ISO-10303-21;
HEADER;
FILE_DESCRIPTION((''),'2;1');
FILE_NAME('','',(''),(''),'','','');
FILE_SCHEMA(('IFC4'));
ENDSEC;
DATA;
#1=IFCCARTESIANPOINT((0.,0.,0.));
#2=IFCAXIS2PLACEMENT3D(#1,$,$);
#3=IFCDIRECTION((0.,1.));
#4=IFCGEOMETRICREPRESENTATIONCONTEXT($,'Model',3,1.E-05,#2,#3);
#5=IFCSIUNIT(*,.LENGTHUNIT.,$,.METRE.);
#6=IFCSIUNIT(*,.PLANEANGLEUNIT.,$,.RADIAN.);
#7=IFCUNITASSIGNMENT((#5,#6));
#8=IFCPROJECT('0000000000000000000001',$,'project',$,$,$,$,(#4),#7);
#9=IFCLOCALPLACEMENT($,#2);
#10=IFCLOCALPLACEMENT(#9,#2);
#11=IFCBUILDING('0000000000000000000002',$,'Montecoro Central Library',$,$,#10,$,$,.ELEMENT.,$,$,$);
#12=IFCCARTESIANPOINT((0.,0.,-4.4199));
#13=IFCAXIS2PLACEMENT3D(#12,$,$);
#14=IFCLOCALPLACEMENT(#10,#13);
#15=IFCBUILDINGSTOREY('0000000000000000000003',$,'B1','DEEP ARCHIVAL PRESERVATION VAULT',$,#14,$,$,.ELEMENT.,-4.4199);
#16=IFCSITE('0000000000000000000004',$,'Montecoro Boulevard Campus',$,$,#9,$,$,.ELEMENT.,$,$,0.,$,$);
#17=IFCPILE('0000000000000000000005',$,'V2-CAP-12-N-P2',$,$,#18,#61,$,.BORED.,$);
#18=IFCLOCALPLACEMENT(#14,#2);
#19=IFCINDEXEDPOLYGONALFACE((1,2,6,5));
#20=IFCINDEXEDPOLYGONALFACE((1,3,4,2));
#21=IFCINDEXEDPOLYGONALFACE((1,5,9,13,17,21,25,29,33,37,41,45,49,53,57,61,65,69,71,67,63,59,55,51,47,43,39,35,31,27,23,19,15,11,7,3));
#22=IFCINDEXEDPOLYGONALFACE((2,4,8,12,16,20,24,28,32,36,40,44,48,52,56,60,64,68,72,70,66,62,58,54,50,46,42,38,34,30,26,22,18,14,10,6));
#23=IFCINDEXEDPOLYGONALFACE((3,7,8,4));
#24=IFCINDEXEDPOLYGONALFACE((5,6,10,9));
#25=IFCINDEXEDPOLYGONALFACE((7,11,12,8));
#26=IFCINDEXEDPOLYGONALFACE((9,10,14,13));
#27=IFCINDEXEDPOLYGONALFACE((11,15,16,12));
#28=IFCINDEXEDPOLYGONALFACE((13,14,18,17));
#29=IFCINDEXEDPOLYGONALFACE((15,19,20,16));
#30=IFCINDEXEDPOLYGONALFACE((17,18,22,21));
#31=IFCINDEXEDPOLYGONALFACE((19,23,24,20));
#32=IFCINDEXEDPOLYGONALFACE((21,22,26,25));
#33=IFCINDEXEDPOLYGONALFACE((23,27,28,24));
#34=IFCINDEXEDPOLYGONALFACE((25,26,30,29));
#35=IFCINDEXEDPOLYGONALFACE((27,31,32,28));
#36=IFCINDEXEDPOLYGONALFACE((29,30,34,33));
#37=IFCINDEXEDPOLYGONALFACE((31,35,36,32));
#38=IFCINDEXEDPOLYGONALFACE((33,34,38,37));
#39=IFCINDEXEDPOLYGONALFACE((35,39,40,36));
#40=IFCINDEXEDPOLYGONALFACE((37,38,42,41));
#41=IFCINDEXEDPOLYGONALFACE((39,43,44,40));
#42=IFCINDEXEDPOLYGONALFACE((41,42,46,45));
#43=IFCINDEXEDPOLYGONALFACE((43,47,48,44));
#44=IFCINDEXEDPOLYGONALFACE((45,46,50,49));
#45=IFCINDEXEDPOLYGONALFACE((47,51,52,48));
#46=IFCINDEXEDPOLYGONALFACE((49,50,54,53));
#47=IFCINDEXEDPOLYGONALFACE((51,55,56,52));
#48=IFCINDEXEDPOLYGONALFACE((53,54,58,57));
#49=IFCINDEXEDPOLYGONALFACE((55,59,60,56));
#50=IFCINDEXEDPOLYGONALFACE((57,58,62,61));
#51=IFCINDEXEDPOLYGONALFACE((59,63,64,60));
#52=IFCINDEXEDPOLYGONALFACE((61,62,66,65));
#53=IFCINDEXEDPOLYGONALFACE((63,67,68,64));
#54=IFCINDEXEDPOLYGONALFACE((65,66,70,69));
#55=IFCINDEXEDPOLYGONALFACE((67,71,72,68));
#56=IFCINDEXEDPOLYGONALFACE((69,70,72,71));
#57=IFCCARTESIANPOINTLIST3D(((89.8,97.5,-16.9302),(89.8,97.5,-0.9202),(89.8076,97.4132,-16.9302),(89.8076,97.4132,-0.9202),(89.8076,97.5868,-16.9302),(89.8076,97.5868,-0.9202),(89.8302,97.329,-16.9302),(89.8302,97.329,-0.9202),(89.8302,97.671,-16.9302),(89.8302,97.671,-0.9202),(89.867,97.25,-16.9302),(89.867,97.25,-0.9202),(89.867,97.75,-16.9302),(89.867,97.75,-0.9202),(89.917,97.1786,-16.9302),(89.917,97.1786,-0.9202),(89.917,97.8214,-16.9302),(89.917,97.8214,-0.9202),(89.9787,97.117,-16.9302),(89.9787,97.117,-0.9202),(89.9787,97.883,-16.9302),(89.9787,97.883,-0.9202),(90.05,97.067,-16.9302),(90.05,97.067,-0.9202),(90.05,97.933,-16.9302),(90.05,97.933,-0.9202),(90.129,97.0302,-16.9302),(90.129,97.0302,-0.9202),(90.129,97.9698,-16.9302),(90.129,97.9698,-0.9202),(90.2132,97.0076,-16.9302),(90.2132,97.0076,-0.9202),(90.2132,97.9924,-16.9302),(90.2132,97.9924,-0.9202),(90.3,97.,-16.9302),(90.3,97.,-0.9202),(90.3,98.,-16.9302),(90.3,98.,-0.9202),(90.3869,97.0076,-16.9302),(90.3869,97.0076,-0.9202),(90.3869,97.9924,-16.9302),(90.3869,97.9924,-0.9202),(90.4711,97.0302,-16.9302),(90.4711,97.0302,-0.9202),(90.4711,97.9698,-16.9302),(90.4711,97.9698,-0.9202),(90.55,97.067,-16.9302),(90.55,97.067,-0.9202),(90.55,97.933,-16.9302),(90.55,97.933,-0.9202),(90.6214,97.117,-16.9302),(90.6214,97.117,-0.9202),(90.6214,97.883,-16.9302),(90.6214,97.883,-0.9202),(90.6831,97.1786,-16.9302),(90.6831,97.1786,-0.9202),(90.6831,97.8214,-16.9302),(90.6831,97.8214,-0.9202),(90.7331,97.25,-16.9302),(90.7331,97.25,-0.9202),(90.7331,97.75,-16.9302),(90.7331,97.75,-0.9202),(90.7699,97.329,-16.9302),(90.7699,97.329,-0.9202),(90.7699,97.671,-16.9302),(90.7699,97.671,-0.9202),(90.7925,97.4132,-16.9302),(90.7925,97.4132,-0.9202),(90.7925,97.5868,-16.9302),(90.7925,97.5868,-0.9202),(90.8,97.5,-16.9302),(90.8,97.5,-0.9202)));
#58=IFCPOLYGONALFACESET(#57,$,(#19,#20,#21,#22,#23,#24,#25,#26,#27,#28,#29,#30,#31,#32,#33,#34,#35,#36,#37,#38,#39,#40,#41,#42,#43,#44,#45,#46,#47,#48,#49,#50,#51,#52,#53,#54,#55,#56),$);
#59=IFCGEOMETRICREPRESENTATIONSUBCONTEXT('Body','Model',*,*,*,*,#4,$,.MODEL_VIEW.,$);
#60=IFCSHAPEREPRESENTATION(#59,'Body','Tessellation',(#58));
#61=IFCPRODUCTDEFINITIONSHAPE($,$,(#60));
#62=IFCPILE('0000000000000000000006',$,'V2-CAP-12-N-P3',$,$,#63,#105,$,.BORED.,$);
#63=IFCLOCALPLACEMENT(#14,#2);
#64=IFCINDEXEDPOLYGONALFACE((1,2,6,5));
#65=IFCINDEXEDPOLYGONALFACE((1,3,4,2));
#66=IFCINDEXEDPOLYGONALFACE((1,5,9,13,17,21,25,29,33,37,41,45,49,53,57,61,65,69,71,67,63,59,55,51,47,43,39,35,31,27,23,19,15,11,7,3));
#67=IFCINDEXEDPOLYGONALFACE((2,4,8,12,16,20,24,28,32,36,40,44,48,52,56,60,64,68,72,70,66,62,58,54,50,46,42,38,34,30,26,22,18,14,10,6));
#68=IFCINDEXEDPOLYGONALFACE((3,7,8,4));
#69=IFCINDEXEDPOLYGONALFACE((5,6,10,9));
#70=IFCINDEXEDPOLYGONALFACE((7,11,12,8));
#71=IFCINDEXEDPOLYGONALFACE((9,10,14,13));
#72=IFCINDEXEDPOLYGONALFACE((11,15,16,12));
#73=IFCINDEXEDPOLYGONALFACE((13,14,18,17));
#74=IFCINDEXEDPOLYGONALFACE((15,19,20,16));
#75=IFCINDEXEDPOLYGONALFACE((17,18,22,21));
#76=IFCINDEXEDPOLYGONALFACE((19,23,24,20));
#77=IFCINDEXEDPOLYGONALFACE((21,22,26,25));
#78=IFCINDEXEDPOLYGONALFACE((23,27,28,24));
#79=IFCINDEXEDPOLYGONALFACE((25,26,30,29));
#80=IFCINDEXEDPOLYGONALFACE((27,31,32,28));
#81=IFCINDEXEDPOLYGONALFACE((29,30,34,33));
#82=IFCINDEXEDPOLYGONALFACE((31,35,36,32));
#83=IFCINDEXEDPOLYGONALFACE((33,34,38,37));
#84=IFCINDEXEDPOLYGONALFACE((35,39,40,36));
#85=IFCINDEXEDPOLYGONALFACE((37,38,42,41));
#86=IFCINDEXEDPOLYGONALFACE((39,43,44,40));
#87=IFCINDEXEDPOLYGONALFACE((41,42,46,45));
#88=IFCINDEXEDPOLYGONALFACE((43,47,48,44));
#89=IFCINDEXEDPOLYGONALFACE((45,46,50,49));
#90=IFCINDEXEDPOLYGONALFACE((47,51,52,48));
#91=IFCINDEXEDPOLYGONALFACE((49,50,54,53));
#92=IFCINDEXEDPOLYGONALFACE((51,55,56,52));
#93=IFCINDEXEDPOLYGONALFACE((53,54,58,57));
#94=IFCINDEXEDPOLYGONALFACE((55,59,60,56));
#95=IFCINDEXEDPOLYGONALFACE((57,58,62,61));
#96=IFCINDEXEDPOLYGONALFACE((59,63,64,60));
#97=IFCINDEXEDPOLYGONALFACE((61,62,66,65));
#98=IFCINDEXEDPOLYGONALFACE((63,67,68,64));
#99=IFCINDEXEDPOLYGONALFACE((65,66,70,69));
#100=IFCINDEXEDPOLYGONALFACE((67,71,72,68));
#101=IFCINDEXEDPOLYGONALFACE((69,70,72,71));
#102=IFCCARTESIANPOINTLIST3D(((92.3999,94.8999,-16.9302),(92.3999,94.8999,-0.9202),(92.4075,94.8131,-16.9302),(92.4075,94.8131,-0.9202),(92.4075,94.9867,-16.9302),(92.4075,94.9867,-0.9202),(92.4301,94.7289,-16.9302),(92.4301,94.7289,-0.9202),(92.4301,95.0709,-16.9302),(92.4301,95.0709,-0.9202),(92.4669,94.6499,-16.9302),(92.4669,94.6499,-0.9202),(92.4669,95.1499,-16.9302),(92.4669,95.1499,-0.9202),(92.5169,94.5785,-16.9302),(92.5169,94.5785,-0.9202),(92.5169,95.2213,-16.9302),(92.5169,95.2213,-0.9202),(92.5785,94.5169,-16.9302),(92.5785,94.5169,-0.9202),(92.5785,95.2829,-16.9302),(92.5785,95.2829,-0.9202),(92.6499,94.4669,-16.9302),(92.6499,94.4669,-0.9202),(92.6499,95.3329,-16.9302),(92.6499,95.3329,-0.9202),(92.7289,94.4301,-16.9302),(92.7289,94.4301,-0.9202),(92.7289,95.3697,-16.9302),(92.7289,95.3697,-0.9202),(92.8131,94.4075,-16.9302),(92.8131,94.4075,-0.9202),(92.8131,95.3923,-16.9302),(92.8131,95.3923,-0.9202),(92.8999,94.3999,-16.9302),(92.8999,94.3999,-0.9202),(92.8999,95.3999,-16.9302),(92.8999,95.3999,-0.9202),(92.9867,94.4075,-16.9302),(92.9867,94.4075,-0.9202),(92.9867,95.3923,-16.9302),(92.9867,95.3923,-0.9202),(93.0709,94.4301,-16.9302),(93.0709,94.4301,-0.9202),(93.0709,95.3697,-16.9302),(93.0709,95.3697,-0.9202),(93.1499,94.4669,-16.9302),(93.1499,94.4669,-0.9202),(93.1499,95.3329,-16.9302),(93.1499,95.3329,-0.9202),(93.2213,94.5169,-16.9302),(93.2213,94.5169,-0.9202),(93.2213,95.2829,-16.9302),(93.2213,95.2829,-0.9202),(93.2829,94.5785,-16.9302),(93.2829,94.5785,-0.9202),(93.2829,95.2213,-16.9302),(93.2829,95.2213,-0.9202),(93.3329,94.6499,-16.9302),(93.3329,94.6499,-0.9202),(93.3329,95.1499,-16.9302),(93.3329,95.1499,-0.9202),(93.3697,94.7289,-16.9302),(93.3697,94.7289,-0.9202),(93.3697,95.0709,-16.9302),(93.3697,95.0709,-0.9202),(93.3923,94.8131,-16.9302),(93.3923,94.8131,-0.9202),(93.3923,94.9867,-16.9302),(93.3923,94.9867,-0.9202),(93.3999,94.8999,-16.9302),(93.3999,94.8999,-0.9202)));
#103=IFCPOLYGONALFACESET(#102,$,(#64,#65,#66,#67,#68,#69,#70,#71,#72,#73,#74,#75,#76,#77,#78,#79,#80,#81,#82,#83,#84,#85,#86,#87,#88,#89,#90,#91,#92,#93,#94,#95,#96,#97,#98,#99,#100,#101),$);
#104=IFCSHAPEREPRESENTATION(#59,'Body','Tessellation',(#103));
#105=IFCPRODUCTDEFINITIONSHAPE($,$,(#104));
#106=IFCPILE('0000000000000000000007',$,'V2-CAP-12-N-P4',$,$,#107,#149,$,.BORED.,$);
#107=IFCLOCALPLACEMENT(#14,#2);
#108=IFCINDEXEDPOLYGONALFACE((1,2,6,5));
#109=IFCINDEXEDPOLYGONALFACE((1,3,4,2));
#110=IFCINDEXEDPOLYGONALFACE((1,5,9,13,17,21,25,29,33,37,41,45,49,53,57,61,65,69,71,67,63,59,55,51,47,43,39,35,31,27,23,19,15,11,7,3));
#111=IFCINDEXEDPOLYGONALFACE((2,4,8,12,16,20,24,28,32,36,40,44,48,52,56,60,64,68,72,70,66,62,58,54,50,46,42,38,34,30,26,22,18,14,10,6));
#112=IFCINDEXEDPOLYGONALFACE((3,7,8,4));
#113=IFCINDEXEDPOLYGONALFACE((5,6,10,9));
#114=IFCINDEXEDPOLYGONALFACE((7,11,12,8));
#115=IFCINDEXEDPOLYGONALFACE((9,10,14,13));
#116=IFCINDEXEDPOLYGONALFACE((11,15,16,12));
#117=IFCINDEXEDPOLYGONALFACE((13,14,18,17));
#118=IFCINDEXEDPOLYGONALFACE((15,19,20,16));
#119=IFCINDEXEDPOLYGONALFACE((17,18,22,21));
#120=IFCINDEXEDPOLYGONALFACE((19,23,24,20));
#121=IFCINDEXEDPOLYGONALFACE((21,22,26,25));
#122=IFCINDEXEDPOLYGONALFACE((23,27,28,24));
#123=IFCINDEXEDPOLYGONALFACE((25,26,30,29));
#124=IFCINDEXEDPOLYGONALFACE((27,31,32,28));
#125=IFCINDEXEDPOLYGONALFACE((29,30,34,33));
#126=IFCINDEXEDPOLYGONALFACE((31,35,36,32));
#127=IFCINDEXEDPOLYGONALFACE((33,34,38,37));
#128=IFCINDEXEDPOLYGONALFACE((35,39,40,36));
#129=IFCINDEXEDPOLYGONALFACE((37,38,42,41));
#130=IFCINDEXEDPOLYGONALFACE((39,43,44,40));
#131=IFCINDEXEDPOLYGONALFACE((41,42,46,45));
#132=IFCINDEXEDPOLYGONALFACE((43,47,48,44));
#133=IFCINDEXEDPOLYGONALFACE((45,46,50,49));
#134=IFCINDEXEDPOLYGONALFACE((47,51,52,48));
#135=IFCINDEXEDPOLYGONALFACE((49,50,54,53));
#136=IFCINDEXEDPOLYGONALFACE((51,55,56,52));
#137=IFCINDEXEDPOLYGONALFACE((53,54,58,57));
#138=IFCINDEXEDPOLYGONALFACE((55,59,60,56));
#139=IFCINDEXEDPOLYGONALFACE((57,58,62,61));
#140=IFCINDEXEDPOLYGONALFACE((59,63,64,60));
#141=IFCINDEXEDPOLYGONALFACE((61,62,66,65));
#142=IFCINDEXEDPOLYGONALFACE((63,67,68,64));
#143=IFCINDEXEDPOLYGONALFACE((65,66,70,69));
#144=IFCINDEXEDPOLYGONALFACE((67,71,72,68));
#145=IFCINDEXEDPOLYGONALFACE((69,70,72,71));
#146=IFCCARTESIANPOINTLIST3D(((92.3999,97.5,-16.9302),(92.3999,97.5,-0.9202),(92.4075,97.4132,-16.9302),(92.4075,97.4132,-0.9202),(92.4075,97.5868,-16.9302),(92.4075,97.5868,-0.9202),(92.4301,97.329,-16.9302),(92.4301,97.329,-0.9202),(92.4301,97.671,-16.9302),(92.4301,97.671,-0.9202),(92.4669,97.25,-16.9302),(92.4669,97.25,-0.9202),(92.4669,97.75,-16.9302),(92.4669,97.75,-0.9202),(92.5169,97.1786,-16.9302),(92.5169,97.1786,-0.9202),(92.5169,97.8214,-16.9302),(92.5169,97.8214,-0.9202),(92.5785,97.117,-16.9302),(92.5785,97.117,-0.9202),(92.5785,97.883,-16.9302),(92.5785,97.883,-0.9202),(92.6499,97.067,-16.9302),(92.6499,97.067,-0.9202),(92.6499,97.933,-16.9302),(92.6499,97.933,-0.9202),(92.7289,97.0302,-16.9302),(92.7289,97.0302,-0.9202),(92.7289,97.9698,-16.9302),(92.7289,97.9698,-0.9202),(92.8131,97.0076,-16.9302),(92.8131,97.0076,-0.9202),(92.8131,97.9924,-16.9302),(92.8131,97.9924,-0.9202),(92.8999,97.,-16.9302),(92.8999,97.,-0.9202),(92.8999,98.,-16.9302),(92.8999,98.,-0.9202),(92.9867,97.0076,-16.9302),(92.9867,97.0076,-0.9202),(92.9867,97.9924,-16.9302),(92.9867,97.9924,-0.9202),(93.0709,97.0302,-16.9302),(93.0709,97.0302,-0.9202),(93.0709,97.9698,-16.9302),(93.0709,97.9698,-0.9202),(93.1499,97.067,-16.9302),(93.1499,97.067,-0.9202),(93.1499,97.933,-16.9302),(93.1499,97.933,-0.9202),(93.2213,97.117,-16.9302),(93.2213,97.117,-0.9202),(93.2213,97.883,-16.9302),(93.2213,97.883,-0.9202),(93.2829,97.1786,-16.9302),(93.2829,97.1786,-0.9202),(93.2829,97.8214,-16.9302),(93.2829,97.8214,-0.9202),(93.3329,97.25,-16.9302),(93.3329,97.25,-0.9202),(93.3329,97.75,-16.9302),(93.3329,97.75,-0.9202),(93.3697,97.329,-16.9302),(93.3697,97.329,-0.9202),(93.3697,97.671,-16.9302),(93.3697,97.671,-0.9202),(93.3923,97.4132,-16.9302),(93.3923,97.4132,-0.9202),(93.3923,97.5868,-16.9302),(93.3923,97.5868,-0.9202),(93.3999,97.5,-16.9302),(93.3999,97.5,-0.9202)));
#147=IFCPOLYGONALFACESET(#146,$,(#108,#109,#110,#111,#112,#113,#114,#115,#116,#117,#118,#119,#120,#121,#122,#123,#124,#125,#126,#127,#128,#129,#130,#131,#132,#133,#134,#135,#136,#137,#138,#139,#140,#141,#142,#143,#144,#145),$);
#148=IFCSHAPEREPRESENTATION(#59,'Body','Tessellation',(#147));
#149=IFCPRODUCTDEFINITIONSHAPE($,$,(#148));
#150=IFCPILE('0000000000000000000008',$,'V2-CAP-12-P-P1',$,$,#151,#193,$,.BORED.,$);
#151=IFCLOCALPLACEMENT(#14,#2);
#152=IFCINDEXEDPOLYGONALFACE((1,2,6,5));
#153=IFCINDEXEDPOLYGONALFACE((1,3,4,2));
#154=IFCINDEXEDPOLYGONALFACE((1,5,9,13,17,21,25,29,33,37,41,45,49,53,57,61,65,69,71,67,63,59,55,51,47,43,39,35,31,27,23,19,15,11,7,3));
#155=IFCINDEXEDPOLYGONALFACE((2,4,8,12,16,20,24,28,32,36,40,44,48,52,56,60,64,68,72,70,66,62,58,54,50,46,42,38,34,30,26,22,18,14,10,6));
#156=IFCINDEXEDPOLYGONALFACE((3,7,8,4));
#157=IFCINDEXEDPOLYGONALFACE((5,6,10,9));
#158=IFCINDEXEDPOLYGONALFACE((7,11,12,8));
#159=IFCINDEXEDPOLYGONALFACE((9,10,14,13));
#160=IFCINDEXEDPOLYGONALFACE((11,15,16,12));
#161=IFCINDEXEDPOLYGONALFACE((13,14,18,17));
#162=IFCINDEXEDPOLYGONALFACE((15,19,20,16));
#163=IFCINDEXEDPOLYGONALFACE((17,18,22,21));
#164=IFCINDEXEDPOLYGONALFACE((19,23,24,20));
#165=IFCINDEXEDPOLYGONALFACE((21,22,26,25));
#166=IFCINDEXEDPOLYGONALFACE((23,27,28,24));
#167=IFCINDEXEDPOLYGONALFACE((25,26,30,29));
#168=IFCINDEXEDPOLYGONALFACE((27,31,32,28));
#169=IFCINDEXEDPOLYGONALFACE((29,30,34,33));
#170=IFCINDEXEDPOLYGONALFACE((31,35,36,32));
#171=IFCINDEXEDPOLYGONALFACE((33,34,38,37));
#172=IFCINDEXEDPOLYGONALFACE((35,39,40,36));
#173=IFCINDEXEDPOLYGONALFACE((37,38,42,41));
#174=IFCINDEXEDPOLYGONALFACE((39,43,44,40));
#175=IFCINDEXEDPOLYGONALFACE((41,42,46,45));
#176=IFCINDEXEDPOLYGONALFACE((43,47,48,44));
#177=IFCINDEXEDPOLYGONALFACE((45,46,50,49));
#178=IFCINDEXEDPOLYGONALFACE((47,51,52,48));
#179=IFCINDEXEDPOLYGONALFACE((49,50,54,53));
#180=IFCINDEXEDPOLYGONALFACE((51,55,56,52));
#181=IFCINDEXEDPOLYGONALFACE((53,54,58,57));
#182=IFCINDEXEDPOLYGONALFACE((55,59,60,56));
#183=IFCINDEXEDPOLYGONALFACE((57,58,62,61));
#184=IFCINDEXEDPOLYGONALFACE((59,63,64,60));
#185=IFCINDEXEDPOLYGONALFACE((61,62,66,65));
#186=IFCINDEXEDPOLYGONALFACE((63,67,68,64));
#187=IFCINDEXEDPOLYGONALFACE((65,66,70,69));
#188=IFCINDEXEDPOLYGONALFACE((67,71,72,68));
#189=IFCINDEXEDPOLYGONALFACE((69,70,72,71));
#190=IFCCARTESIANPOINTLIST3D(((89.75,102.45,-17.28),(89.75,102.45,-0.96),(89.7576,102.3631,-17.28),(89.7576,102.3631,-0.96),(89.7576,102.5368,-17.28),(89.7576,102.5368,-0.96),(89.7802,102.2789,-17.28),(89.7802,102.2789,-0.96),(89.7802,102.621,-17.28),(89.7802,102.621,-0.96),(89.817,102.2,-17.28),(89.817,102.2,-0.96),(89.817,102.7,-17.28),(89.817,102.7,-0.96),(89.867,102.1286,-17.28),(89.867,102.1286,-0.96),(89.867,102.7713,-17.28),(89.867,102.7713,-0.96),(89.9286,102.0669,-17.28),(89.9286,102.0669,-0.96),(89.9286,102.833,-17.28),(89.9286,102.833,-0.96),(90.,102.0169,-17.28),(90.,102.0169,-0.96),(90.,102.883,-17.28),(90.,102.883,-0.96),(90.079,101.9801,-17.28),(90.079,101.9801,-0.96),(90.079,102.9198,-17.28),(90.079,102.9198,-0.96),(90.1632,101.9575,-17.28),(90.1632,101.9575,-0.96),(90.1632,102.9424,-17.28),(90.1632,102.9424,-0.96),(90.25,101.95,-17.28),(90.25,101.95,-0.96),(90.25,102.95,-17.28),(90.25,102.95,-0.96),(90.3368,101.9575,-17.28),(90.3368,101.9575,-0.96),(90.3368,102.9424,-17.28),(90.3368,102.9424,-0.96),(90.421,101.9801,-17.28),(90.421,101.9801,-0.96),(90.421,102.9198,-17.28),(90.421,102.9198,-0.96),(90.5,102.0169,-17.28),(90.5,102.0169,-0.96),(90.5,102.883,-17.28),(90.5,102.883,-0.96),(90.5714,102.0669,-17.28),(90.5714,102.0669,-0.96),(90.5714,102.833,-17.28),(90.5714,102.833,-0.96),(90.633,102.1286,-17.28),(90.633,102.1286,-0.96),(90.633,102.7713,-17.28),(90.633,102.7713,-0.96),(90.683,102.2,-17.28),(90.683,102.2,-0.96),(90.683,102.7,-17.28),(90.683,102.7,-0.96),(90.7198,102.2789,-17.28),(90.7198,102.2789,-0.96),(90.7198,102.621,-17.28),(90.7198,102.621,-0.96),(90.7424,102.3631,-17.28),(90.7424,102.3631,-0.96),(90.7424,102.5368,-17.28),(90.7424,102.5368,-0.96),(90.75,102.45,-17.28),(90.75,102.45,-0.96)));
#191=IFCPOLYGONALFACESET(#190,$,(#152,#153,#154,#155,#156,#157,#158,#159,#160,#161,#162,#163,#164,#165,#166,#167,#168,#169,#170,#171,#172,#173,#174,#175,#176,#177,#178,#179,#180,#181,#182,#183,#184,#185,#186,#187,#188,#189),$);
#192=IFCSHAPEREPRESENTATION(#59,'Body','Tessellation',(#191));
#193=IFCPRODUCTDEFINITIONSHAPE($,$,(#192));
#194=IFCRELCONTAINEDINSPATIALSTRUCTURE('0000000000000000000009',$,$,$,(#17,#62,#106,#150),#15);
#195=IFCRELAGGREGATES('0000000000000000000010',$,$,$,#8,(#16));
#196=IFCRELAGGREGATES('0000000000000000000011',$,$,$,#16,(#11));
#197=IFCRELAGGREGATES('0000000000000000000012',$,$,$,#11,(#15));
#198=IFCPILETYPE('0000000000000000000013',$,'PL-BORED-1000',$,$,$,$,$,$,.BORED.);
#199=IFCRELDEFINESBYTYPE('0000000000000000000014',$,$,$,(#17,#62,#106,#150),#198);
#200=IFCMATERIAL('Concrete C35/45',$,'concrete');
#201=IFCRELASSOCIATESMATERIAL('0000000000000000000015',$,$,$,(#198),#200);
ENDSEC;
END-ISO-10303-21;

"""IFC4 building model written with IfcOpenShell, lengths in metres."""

from ifc_helpers import new_model, si_unit, direction, frame, origin, origin_2d, place, context, subcontext, project, spatial, circle, extrude, material, material_profile, profile_set, type_object, element, save


model = new_model("IFC4")

# Units and contexts
model_context = context("Model", 3, precision=1e-05, world=origin(), true_north=direction((0.0, 1.0)))
body_context = subcontext(model_context, "Body", "Model", "MODEL_VIEW")
ifc_project = project(units=[si_unit("LENGTHUNIT", "METRE"), si_unit("PLANEANGLEUNIT", "RADIAN")], contexts=[model_context])

# Site, building, storey
site_placement = place(None, origin())
site = spatial("IfcSite", under=ifc_project, at=site_placement, Name="Montecoro Boulevard Campus", CompositionType="ELEMENT", RefElevation=0.0)
building_placement = place(site_placement, origin())
building = spatial("IfcBuilding", under=site, at=building_placement, Name="Montecoro Central Library", CompositionType="ELEMENT")
storey_placement = place(building_placement, frame((0.0, 0.0, -4.4199)))
storey = spatial("IfcBuildingStorey", under=building, at=storey_placement, Name="B1", Description="DEEP ARCHIVAL PRESERVATION VAULT", CompositionType="ELEMENT", Elevation=-4.4199)

# Shared definitions
ifc_material_1 = material(Name="Concrete C35/45", Category="concrete")

# Piles
ifc_material_profile_1 = material_profile(ifc_material_1, circle(Radius=0.5, at=origin_2d()), Name="PILE D1000")
ifc_profile_set_1 = profile_set([ifc_material_profile_1], Name="Concrete C35/45")
pile_type = type_object("IfcPileType", Name="PL-BORED-1000", PredefinedType="BORED", material=ifc_profile_set_1)
for number, where, z_axis, x_axis, name in (
    (1, (90.3, 97.5, -0.9202), (0.0, 0.0, -1.0), (1.0, 0.0, 0.0), "V2-CAP-12-N-P2"),
    (2, (92.8999, 94.8999, -0.9202), (0.0, 0.0, -1.0), (1.0, 0.0, 0.0), "V2-CAP-12-N-P3"),
    (3, (92.8999, 97.5, -0.9202), (0.0, 0.0, -1.0), (1.0, 0.0, 0.0), "V2-CAP-12-N-P4"),
):
    element("IfcPile", number, at=place(storey_placement, frame(where, z_axis=z_axis, x_axis=x_axis)), inside=storey, type_object=pile_type, Name=name, PredefinedType="BORED", context=body_context, shape_type="SweptSolid", body=[
        extrude(circle(Radius=0.5, at=origin_2d()), origin(), (0.0, 0.0, 1.0), 16.01),
    ])
for number, where, z_axis, x_axis, name in (
    (4, (90.25, 102.45, -0.96), (0.0, 0.0, -1.0), (1.0, 0.0, 0.0), "V2-CAP-12-P-P1"),
):
    element("IfcPile", number, at=place(storey_placement, frame(where, z_axis=z_axis, x_axis=x_axis)), inside=storey, type_object=pile_type, Name=name, PredefinedType="BORED", context=body_context, shape_type="SweptSolid", body=[
        extrude(circle(Radius=0.5, at=origin_2d()), origin(), (0.0, 0.0, 1.0), 16.3201),
    ])

save(model, "model.ifc")
